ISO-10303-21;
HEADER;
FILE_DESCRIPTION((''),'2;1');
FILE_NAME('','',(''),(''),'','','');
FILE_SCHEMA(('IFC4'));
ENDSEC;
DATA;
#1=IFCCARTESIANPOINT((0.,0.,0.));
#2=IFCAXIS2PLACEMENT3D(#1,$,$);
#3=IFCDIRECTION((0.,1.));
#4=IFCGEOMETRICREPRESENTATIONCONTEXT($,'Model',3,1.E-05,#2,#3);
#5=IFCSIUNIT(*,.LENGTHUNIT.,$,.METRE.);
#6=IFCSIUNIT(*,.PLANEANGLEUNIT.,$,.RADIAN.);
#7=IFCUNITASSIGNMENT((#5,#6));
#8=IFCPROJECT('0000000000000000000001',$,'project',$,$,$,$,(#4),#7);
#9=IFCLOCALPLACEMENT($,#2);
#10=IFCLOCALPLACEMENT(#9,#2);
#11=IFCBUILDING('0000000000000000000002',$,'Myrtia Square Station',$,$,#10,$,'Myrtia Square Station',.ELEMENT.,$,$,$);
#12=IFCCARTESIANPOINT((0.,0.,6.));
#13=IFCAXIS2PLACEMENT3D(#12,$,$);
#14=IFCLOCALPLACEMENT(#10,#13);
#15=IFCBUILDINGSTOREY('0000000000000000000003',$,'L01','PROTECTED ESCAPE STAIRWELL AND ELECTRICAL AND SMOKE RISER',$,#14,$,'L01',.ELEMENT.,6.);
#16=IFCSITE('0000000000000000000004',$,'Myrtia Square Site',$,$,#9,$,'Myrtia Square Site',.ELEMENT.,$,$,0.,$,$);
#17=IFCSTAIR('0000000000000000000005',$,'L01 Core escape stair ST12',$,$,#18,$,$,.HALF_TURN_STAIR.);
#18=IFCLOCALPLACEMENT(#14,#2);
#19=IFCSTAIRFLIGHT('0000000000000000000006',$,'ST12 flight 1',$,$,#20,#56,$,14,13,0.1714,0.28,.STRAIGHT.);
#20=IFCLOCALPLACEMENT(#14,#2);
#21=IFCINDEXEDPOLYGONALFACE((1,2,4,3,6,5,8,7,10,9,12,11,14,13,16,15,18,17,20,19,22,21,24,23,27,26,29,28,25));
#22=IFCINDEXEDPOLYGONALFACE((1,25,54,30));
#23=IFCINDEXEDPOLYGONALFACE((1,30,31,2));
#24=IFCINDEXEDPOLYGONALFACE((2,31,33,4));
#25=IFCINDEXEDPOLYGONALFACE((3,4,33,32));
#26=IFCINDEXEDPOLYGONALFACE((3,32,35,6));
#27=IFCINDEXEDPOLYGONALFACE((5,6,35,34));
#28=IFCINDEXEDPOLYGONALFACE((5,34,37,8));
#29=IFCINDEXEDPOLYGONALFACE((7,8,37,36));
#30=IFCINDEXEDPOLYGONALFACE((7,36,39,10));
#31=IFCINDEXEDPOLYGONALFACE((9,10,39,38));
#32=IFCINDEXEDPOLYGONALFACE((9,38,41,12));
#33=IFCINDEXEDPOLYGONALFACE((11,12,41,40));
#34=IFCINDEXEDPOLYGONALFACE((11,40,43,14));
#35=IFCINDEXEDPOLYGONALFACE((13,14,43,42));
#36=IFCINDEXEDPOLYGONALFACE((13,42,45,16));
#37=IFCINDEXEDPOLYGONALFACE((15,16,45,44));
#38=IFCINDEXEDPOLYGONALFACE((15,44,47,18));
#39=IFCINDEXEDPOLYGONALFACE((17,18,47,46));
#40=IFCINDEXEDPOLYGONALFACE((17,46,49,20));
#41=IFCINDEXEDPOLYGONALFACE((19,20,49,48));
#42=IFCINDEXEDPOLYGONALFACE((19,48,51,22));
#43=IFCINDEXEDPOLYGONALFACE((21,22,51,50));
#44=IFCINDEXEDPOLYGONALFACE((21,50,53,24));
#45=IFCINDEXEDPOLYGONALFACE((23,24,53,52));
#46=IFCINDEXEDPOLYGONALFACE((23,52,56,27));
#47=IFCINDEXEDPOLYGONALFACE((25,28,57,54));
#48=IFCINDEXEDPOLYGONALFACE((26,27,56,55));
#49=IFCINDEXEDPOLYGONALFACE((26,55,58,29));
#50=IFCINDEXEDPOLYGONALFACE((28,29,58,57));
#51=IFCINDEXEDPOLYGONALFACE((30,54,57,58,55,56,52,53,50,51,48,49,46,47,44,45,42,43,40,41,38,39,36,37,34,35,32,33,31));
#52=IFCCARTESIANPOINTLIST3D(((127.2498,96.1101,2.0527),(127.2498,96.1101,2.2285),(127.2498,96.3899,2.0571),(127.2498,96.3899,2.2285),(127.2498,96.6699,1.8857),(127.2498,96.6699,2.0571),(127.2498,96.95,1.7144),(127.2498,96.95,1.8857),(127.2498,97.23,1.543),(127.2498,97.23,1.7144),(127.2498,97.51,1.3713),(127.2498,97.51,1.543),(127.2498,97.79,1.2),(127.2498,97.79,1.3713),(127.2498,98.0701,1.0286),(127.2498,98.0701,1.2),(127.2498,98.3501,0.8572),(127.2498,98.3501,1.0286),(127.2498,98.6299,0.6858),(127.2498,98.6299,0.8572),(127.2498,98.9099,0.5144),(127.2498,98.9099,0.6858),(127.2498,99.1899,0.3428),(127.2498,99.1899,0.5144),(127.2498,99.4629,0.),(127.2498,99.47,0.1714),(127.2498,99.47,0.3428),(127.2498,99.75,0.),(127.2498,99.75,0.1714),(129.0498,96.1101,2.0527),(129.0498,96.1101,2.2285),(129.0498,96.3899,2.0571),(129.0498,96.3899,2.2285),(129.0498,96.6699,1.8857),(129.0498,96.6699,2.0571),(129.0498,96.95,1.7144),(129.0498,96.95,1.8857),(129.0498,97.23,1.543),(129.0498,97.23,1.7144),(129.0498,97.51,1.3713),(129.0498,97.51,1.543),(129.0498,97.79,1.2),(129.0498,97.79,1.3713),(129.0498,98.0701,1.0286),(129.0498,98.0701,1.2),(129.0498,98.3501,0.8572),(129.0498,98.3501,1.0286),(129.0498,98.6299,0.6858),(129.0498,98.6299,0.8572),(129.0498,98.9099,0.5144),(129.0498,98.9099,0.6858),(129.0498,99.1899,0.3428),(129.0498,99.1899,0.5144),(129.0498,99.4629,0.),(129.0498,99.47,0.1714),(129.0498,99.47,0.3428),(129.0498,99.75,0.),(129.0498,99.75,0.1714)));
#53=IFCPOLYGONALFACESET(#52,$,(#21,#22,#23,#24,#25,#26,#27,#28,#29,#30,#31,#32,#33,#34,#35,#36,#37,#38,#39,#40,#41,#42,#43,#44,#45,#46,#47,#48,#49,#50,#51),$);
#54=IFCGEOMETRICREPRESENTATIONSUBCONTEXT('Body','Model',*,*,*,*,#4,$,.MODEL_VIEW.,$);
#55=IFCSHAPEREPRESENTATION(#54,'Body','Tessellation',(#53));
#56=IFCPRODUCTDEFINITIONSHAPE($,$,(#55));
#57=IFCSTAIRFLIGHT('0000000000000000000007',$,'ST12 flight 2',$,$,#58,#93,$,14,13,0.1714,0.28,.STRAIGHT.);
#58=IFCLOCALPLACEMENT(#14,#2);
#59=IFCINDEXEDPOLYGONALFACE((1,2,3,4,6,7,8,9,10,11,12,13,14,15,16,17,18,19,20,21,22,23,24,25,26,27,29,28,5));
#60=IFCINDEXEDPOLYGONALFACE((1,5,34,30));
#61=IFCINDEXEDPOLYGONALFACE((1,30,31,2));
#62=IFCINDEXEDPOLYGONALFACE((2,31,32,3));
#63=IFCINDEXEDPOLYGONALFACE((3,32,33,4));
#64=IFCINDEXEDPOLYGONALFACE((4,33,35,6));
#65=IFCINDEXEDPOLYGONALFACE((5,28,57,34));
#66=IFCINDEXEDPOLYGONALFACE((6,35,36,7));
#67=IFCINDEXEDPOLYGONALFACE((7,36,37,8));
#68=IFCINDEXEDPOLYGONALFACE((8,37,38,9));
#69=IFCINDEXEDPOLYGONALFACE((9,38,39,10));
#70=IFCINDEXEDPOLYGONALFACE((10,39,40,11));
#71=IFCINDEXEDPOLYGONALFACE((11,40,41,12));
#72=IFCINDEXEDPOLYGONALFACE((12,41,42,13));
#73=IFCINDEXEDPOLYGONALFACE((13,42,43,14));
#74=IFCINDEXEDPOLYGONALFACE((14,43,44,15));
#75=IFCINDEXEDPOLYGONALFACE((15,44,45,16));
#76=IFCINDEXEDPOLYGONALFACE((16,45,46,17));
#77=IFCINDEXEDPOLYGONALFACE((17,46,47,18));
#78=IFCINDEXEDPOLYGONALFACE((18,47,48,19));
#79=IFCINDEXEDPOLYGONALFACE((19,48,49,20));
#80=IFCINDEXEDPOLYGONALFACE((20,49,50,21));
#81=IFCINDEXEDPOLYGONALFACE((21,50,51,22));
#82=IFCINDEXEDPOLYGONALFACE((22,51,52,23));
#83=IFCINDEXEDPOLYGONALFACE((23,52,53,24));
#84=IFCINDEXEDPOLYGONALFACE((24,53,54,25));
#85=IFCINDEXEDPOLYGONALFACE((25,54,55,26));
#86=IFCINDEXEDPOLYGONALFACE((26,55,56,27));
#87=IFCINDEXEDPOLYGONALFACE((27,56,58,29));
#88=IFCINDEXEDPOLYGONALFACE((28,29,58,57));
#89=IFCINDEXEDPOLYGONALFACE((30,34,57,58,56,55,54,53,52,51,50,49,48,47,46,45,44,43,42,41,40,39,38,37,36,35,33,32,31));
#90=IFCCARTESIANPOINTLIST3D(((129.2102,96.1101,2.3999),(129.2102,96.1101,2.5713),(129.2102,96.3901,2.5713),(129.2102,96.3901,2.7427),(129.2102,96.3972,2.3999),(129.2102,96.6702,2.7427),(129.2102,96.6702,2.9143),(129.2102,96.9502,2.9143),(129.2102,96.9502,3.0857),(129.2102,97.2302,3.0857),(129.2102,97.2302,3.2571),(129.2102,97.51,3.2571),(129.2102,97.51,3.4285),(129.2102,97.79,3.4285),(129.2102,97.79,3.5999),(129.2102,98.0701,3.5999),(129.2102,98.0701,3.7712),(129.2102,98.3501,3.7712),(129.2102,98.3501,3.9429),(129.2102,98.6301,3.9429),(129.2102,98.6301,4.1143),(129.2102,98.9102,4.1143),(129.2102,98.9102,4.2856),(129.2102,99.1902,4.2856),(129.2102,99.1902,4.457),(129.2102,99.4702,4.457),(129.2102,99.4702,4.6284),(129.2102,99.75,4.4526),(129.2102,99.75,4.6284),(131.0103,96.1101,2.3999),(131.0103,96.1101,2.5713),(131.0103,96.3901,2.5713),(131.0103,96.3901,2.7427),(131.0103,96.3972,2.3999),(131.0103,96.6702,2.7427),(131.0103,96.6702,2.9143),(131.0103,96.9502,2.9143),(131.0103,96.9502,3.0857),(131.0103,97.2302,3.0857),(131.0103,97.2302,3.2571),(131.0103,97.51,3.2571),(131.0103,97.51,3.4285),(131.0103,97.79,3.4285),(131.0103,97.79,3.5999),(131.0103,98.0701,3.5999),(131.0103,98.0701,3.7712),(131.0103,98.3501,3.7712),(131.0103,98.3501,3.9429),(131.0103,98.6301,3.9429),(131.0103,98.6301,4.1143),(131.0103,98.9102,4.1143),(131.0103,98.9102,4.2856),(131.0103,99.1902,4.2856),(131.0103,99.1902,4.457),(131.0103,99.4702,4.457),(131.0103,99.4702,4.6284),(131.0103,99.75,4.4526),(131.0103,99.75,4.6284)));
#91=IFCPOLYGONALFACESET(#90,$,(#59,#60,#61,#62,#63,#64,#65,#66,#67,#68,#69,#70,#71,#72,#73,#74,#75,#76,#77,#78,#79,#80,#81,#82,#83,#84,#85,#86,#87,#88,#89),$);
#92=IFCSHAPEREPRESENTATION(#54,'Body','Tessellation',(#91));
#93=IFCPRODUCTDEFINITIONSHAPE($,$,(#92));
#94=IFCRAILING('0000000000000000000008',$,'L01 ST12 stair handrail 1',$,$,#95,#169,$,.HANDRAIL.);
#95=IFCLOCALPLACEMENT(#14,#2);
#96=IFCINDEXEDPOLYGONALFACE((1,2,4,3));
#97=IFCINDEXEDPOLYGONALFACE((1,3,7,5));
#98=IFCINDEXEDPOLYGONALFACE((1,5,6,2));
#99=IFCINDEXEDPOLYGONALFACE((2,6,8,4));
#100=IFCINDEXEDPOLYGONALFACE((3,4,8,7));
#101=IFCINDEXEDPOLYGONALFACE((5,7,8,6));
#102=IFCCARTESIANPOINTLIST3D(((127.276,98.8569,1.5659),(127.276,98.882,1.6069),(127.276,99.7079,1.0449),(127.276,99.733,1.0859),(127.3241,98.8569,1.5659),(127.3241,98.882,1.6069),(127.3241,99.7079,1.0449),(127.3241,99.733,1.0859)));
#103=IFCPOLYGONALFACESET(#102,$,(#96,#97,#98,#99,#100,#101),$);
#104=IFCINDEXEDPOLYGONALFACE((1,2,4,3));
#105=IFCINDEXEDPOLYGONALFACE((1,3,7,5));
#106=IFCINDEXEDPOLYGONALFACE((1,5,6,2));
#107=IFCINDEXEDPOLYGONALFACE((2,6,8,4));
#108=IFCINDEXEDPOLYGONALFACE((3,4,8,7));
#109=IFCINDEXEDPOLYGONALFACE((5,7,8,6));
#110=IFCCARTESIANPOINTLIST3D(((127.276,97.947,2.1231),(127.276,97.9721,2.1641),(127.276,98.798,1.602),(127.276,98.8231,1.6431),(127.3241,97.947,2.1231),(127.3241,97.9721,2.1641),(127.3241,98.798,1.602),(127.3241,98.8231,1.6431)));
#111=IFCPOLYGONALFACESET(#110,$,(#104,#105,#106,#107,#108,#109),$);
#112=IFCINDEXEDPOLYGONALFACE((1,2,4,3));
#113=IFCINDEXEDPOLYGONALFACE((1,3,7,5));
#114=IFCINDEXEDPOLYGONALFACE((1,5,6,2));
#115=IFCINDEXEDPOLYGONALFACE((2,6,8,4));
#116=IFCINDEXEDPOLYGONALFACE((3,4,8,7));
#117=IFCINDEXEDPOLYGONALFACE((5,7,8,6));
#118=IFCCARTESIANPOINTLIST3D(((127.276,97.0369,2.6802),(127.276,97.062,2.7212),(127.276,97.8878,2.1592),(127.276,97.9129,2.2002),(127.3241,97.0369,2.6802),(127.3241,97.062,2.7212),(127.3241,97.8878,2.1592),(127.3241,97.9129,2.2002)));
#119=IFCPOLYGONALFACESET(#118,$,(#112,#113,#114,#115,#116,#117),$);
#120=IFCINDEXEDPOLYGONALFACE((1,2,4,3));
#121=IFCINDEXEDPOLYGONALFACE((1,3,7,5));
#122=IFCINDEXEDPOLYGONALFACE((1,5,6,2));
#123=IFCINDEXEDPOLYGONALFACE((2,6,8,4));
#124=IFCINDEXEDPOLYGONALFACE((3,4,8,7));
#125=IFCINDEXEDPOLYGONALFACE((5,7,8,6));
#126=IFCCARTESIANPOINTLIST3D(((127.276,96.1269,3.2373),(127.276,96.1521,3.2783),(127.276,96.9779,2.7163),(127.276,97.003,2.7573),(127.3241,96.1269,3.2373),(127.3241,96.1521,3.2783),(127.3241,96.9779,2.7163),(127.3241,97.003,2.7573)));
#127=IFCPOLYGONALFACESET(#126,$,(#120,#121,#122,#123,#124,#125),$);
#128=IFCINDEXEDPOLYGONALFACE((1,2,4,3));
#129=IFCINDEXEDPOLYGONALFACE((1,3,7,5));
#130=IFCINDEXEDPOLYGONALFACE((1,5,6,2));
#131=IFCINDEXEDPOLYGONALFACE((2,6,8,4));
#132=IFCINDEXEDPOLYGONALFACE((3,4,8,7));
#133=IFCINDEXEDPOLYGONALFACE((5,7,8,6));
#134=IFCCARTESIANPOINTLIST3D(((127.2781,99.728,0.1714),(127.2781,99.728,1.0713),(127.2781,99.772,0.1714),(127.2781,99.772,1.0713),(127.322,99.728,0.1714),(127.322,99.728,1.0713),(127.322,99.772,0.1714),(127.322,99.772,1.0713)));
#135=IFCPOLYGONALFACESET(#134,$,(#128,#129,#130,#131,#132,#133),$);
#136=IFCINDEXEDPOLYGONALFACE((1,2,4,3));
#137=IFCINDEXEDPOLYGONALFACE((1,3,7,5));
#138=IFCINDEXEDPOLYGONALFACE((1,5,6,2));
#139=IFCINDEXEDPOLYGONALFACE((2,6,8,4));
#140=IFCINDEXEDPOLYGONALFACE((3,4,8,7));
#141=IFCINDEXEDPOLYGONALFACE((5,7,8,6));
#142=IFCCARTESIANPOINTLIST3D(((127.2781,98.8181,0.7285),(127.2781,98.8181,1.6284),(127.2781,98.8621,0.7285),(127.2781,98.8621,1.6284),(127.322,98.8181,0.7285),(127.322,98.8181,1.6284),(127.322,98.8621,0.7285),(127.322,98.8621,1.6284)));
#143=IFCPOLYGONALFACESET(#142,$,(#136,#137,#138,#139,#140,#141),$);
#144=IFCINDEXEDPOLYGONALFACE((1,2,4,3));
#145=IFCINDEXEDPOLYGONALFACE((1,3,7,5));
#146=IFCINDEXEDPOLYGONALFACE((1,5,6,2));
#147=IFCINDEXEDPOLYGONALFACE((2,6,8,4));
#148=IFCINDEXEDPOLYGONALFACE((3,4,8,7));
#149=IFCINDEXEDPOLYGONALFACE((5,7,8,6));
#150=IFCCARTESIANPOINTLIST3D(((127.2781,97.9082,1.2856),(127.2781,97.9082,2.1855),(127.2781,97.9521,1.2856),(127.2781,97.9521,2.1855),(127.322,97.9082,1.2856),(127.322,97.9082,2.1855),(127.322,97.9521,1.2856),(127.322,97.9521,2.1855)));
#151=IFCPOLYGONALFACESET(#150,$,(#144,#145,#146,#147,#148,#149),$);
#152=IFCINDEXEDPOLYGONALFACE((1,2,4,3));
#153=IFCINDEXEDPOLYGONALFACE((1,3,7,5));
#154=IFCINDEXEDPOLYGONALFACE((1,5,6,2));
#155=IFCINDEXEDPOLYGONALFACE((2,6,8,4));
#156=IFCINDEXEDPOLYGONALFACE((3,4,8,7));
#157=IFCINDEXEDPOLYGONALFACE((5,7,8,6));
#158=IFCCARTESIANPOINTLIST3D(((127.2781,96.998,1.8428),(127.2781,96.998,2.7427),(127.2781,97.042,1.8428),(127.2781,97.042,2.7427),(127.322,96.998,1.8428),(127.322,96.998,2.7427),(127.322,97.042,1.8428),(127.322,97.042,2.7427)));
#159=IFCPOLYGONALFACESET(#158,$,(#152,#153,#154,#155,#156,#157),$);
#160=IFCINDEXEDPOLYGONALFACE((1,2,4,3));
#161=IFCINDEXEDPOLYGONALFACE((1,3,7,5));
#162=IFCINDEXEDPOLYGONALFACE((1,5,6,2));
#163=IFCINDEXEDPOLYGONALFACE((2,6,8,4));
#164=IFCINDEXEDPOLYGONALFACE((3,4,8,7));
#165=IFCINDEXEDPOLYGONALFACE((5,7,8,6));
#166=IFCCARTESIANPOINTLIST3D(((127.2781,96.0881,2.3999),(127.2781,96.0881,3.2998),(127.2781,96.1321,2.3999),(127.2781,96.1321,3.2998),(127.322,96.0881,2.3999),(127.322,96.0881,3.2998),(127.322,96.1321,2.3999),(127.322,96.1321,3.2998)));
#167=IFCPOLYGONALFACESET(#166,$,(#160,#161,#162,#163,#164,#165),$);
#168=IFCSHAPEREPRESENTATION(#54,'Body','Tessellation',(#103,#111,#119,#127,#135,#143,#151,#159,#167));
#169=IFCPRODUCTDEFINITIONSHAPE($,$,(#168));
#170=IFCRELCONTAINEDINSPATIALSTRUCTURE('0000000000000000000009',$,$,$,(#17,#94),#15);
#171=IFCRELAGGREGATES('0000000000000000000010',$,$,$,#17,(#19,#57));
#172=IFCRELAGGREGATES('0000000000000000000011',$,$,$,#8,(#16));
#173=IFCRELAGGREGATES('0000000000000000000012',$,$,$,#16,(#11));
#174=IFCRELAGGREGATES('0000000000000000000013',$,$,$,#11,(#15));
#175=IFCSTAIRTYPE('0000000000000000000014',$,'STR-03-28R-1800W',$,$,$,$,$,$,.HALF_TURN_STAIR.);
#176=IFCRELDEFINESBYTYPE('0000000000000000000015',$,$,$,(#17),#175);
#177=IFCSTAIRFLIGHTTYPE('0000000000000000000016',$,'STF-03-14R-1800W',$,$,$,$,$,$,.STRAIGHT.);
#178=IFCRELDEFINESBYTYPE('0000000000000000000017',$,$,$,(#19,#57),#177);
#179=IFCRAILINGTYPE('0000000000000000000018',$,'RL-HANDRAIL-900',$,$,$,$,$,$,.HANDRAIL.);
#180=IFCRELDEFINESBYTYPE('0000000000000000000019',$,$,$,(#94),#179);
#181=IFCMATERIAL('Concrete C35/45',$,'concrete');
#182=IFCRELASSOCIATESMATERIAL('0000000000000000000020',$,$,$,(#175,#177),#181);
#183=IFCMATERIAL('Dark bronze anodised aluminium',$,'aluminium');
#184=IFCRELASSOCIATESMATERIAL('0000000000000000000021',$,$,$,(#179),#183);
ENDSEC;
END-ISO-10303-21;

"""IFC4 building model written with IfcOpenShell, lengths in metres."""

from ifc_helpers import new_model, si_unit, direction, frame, origin, origin_2d, place, context, subcontext, project, spatial, polyline, rectangle, outline, extrude, material, type_object, element, aggregate, save


model = new_model("IFC4")

# Units and contexts
model_context = context("Model", 3, precision=1e-05, world=origin(), true_north=direction((0.0, 1.0)))
body_context = subcontext(model_context, "Body", "Model", "MODEL_VIEW")
ifc_project = project(units=[si_unit("LENGTHUNIT", "METRE"), si_unit("PLANEANGLEUNIT", "RADIAN")], contexts=[model_context])

# Site, building, storey
site_placement = place(None, origin())
site = spatial("IfcSite", under=ifc_project, at=site_placement, Name="Myrtia Square Site", LongName="Myrtia Square Site", CompositionType="ELEMENT", RefElevation=0.0)
building_placement = place(site_placement, origin())
building = spatial("IfcBuilding", under=site, at=building_placement, Name="Myrtia Square Station", LongName="Myrtia Square Station", CompositionType="ELEMENT")
storey_placement = place(building_placement, frame((0.0, 0.0, 6.0)))
storey = spatial("IfcBuildingStorey", under=building, at=storey_placement, Name="L01", Description="PROTECTED ESCAPE STAIRWELL AND ELECTRICAL AND SMOKE RISER", LongName="L01", CompositionType="ELEMENT", Elevation=6.0)

# Shared definitions
ifc_material_1 = material(Name="Concrete C35/45", Category="concrete")
ifc_material_2 = material(Name="Dark bronze anodised aluminium", Category="aluminium")

# Stair, stair flights
stair_type = type_object("IfcStairType", Name="STR-03-28R-1800W", PredefinedType="HALF_TURN_STAIR", material=ifc_material_1)
stair_placement = place(storey_placement, origin())
stair = element("IfcStair", 1, at=stair_placement, inside=storey, type_object=stair_type, Name="L01 Core escape stair ST12", PredefinedType="HALF_TURN_STAIR")
stair_flight_type = type_object("IfcStairFlightType", Name="STF-03-14R-1800W", PredefinedType="STRAIGHT", material=ifc_material_1)
stair_flight_1_placement = place(storey_placement, frame((128.1499, 99.75, 0.0), z_axis=(0.0, 0.0, 1.0), x_axis=(0.0, -1.0, 0.0)))
stair_flight_1 = element("IfcStairFlight", 2, at=stair_flight_1_placement, type_object=stair_flight_type, Name="ST12 flight 1", NumberOfRisers=14, NumberOfTreads=13, PredefinedType="STRAIGHT", RiserHeight=0.1714, TreadLength=0.28, context=body_context, shape_type="SweptSolid", body=[
    extrude(outline(polyline([(0.0, 0.0), (0.0, 0.1714), (0.28, 0.1714), (0.28, 0.3428), (0.5601, 0.3428), (0.5601, 0.5144), (0.8401, 0.5144), (0.8401, 0.6858), (1.1201, 0.6858), (1.1201, 0.8572), (1.3999, 0.8572), (1.3999, 1.0286), (1.6799, 1.0286), (1.6799, 1.2), (1.96, 1.2), (1.96, 1.3713), (2.24, 1.3713), (2.24, 1.543), (2.52, 1.543), (2.52, 1.7144), (2.8, 1.7144), (2.8, 1.8857), (3.0801, 1.8857), (3.0801, 2.0571), (3.3601, 2.0571), (3.3601, 2.2285), (3.6399, 2.2285), (3.6399, 2.3999), (3.6399, 2.0527), (0.2871, 0.0), (0.0, 0.0)])), frame((0.0, 0.8999, 0.0), z_axis=(0.0, -1.0, 0.0), x_axis=(1.0, 0.0, 0.0)), (0.0, 0.0, 1.0), 1.8),
])
stair_flight_2_placement = place(storey_placement, frame((130.1101, 96.1101, 2.3999), z_axis=(0.0, 0.0, 1.0), x_axis=(0.0, 1.0, 0.0)))
stair_flight_2 = element("IfcStairFlight", 3, at=stair_flight_2_placement, type_object=stair_flight_type, Name="ST12 flight 2", NumberOfRisers=14, NumberOfTreads=13, PredefinedType="STRAIGHT", RiserHeight=0.1714, TreadLength=0.28, context=body_context, shape_type="SweptSolid", body=[
    extrude(outline(polyline([(0.0, 0.0), (0.0, 0.1714), (0.28, 0.1714), (0.28, 0.3428), (0.5601, 0.3428), (0.5601, 0.5144), (0.8401, 0.5144), (0.8401, 0.6858), (1.1201, 0.6858), (1.1201, 0.8572), (1.3999, 0.8572), (1.3999, 1.0286), (1.6799, 1.0286), (1.6799, 1.2), (1.96, 1.2), (1.96, 1.3713), (2.24, 1.3713), (2.24, 1.543), (2.52, 1.543), (2.52, 1.7144), (2.8, 1.7144), (2.8, 1.8857), (3.0801, 1.8857), (3.0801, 2.0571), (3.3601, 2.0571), (3.3601, 2.2285), (3.6399, 2.2285), (3.6399, 2.3999), (3.6399, 2.0527), (0.2871, 0.0), (0.0, 0.0)])), frame((0.0, 0.8999, 0.0), z_axis=(0.0, -1.0, 0.0), x_axis=(1.0, 0.0, 0.0)), (0.0, 0.0, 1.0), 1.8),
])
aggregate(stair, [stair_flight_1, stair_flight_2])

# Railing
railing_type_1 = type_object("IfcRailingType", Name="RL-HANDRAIL-900", PredefinedType="HANDRAIL", material=ifc_material_2)
railing_1_placement = place(storey_placement, frame((127.3, 99.75, 0.1714)))
element("IfcRailing", 4, at=railing_1_placement, inside=storey, type_object=railing_type_1, Name="L01 ST12 stair handrail 1", PredefinedType="HANDRAIL", context=body_context, shape_type="SweptSolid", body=[
    extrude(rectangle(XDim=0.0481, YDim=0.0481, at=origin_2d()), frame((0.0, -0.0295, 0.894), z_axis=(0.0, -0.85285, 0.522156), x_axis=(1.0, 0.0, 0.0)), (0.0, 0.0, 1.0), 0.9978),
    extrude(rectangle(XDim=0.0481, YDim=0.0481, at=origin_2d()), frame((0.0, -0.9395, 1.4512), z_axis=(0.0, -0.85285, 0.522156), x_axis=(1.0, 0.0, 0.0)), (0.0, 0.0, 1.0), 0.9978),
    extrude(rectangle(XDim=0.0481, YDim=0.0481, at=origin_2d()), frame((0.0, -1.8496, 2.0083), z_axis=(0.0, -0.85285, 0.522156), x_axis=(1.0, 0.0, 0.0)), (0.0, 0.0, 1.0), 0.9978),
    extrude(rectangle(XDim=0.0481, YDim=0.0481, at=origin_2d()), frame((0.0, -2.7595, 2.5654), z_axis=(0.0, -0.85285, 0.522156), x_axis=(1.0, 0.0, 0.0)), (0.0, 0.0, 1.0), 0.9978),
    extrude(rectangle(XDim=0.0439, YDim=0.0439, at=origin_2d()), origin(), (0.0, 0.0, 1.0), 0.8999),
    extrude(rectangle(XDim=0.0439, YDim=0.0439, at=origin_2d()), frame((0.0, -0.9099, 0.5571)), (0.0, 0.0, 1.0), 0.8999),
    extrude(rectangle(XDim=0.0439, YDim=0.0439, at=origin_2d()), frame((0.0, -1.8198, 1.1143)), (0.0, 0.0, 1.0), 0.8999),
    extrude(rectangle(XDim=0.0439, YDim=0.0439, at=origin_2d()), frame((0.0, -2.73, 1.6714)), (0.0, 0.0, 1.0), 0.8999),
    extrude(rectangle(XDim=0.0439, YDim=0.0439, at=origin_2d()), frame((0.0, -3.6399, 2.2285)), (0.0, 0.0, 1.0), 0.8999),
])

save(model, "model.ifc")
